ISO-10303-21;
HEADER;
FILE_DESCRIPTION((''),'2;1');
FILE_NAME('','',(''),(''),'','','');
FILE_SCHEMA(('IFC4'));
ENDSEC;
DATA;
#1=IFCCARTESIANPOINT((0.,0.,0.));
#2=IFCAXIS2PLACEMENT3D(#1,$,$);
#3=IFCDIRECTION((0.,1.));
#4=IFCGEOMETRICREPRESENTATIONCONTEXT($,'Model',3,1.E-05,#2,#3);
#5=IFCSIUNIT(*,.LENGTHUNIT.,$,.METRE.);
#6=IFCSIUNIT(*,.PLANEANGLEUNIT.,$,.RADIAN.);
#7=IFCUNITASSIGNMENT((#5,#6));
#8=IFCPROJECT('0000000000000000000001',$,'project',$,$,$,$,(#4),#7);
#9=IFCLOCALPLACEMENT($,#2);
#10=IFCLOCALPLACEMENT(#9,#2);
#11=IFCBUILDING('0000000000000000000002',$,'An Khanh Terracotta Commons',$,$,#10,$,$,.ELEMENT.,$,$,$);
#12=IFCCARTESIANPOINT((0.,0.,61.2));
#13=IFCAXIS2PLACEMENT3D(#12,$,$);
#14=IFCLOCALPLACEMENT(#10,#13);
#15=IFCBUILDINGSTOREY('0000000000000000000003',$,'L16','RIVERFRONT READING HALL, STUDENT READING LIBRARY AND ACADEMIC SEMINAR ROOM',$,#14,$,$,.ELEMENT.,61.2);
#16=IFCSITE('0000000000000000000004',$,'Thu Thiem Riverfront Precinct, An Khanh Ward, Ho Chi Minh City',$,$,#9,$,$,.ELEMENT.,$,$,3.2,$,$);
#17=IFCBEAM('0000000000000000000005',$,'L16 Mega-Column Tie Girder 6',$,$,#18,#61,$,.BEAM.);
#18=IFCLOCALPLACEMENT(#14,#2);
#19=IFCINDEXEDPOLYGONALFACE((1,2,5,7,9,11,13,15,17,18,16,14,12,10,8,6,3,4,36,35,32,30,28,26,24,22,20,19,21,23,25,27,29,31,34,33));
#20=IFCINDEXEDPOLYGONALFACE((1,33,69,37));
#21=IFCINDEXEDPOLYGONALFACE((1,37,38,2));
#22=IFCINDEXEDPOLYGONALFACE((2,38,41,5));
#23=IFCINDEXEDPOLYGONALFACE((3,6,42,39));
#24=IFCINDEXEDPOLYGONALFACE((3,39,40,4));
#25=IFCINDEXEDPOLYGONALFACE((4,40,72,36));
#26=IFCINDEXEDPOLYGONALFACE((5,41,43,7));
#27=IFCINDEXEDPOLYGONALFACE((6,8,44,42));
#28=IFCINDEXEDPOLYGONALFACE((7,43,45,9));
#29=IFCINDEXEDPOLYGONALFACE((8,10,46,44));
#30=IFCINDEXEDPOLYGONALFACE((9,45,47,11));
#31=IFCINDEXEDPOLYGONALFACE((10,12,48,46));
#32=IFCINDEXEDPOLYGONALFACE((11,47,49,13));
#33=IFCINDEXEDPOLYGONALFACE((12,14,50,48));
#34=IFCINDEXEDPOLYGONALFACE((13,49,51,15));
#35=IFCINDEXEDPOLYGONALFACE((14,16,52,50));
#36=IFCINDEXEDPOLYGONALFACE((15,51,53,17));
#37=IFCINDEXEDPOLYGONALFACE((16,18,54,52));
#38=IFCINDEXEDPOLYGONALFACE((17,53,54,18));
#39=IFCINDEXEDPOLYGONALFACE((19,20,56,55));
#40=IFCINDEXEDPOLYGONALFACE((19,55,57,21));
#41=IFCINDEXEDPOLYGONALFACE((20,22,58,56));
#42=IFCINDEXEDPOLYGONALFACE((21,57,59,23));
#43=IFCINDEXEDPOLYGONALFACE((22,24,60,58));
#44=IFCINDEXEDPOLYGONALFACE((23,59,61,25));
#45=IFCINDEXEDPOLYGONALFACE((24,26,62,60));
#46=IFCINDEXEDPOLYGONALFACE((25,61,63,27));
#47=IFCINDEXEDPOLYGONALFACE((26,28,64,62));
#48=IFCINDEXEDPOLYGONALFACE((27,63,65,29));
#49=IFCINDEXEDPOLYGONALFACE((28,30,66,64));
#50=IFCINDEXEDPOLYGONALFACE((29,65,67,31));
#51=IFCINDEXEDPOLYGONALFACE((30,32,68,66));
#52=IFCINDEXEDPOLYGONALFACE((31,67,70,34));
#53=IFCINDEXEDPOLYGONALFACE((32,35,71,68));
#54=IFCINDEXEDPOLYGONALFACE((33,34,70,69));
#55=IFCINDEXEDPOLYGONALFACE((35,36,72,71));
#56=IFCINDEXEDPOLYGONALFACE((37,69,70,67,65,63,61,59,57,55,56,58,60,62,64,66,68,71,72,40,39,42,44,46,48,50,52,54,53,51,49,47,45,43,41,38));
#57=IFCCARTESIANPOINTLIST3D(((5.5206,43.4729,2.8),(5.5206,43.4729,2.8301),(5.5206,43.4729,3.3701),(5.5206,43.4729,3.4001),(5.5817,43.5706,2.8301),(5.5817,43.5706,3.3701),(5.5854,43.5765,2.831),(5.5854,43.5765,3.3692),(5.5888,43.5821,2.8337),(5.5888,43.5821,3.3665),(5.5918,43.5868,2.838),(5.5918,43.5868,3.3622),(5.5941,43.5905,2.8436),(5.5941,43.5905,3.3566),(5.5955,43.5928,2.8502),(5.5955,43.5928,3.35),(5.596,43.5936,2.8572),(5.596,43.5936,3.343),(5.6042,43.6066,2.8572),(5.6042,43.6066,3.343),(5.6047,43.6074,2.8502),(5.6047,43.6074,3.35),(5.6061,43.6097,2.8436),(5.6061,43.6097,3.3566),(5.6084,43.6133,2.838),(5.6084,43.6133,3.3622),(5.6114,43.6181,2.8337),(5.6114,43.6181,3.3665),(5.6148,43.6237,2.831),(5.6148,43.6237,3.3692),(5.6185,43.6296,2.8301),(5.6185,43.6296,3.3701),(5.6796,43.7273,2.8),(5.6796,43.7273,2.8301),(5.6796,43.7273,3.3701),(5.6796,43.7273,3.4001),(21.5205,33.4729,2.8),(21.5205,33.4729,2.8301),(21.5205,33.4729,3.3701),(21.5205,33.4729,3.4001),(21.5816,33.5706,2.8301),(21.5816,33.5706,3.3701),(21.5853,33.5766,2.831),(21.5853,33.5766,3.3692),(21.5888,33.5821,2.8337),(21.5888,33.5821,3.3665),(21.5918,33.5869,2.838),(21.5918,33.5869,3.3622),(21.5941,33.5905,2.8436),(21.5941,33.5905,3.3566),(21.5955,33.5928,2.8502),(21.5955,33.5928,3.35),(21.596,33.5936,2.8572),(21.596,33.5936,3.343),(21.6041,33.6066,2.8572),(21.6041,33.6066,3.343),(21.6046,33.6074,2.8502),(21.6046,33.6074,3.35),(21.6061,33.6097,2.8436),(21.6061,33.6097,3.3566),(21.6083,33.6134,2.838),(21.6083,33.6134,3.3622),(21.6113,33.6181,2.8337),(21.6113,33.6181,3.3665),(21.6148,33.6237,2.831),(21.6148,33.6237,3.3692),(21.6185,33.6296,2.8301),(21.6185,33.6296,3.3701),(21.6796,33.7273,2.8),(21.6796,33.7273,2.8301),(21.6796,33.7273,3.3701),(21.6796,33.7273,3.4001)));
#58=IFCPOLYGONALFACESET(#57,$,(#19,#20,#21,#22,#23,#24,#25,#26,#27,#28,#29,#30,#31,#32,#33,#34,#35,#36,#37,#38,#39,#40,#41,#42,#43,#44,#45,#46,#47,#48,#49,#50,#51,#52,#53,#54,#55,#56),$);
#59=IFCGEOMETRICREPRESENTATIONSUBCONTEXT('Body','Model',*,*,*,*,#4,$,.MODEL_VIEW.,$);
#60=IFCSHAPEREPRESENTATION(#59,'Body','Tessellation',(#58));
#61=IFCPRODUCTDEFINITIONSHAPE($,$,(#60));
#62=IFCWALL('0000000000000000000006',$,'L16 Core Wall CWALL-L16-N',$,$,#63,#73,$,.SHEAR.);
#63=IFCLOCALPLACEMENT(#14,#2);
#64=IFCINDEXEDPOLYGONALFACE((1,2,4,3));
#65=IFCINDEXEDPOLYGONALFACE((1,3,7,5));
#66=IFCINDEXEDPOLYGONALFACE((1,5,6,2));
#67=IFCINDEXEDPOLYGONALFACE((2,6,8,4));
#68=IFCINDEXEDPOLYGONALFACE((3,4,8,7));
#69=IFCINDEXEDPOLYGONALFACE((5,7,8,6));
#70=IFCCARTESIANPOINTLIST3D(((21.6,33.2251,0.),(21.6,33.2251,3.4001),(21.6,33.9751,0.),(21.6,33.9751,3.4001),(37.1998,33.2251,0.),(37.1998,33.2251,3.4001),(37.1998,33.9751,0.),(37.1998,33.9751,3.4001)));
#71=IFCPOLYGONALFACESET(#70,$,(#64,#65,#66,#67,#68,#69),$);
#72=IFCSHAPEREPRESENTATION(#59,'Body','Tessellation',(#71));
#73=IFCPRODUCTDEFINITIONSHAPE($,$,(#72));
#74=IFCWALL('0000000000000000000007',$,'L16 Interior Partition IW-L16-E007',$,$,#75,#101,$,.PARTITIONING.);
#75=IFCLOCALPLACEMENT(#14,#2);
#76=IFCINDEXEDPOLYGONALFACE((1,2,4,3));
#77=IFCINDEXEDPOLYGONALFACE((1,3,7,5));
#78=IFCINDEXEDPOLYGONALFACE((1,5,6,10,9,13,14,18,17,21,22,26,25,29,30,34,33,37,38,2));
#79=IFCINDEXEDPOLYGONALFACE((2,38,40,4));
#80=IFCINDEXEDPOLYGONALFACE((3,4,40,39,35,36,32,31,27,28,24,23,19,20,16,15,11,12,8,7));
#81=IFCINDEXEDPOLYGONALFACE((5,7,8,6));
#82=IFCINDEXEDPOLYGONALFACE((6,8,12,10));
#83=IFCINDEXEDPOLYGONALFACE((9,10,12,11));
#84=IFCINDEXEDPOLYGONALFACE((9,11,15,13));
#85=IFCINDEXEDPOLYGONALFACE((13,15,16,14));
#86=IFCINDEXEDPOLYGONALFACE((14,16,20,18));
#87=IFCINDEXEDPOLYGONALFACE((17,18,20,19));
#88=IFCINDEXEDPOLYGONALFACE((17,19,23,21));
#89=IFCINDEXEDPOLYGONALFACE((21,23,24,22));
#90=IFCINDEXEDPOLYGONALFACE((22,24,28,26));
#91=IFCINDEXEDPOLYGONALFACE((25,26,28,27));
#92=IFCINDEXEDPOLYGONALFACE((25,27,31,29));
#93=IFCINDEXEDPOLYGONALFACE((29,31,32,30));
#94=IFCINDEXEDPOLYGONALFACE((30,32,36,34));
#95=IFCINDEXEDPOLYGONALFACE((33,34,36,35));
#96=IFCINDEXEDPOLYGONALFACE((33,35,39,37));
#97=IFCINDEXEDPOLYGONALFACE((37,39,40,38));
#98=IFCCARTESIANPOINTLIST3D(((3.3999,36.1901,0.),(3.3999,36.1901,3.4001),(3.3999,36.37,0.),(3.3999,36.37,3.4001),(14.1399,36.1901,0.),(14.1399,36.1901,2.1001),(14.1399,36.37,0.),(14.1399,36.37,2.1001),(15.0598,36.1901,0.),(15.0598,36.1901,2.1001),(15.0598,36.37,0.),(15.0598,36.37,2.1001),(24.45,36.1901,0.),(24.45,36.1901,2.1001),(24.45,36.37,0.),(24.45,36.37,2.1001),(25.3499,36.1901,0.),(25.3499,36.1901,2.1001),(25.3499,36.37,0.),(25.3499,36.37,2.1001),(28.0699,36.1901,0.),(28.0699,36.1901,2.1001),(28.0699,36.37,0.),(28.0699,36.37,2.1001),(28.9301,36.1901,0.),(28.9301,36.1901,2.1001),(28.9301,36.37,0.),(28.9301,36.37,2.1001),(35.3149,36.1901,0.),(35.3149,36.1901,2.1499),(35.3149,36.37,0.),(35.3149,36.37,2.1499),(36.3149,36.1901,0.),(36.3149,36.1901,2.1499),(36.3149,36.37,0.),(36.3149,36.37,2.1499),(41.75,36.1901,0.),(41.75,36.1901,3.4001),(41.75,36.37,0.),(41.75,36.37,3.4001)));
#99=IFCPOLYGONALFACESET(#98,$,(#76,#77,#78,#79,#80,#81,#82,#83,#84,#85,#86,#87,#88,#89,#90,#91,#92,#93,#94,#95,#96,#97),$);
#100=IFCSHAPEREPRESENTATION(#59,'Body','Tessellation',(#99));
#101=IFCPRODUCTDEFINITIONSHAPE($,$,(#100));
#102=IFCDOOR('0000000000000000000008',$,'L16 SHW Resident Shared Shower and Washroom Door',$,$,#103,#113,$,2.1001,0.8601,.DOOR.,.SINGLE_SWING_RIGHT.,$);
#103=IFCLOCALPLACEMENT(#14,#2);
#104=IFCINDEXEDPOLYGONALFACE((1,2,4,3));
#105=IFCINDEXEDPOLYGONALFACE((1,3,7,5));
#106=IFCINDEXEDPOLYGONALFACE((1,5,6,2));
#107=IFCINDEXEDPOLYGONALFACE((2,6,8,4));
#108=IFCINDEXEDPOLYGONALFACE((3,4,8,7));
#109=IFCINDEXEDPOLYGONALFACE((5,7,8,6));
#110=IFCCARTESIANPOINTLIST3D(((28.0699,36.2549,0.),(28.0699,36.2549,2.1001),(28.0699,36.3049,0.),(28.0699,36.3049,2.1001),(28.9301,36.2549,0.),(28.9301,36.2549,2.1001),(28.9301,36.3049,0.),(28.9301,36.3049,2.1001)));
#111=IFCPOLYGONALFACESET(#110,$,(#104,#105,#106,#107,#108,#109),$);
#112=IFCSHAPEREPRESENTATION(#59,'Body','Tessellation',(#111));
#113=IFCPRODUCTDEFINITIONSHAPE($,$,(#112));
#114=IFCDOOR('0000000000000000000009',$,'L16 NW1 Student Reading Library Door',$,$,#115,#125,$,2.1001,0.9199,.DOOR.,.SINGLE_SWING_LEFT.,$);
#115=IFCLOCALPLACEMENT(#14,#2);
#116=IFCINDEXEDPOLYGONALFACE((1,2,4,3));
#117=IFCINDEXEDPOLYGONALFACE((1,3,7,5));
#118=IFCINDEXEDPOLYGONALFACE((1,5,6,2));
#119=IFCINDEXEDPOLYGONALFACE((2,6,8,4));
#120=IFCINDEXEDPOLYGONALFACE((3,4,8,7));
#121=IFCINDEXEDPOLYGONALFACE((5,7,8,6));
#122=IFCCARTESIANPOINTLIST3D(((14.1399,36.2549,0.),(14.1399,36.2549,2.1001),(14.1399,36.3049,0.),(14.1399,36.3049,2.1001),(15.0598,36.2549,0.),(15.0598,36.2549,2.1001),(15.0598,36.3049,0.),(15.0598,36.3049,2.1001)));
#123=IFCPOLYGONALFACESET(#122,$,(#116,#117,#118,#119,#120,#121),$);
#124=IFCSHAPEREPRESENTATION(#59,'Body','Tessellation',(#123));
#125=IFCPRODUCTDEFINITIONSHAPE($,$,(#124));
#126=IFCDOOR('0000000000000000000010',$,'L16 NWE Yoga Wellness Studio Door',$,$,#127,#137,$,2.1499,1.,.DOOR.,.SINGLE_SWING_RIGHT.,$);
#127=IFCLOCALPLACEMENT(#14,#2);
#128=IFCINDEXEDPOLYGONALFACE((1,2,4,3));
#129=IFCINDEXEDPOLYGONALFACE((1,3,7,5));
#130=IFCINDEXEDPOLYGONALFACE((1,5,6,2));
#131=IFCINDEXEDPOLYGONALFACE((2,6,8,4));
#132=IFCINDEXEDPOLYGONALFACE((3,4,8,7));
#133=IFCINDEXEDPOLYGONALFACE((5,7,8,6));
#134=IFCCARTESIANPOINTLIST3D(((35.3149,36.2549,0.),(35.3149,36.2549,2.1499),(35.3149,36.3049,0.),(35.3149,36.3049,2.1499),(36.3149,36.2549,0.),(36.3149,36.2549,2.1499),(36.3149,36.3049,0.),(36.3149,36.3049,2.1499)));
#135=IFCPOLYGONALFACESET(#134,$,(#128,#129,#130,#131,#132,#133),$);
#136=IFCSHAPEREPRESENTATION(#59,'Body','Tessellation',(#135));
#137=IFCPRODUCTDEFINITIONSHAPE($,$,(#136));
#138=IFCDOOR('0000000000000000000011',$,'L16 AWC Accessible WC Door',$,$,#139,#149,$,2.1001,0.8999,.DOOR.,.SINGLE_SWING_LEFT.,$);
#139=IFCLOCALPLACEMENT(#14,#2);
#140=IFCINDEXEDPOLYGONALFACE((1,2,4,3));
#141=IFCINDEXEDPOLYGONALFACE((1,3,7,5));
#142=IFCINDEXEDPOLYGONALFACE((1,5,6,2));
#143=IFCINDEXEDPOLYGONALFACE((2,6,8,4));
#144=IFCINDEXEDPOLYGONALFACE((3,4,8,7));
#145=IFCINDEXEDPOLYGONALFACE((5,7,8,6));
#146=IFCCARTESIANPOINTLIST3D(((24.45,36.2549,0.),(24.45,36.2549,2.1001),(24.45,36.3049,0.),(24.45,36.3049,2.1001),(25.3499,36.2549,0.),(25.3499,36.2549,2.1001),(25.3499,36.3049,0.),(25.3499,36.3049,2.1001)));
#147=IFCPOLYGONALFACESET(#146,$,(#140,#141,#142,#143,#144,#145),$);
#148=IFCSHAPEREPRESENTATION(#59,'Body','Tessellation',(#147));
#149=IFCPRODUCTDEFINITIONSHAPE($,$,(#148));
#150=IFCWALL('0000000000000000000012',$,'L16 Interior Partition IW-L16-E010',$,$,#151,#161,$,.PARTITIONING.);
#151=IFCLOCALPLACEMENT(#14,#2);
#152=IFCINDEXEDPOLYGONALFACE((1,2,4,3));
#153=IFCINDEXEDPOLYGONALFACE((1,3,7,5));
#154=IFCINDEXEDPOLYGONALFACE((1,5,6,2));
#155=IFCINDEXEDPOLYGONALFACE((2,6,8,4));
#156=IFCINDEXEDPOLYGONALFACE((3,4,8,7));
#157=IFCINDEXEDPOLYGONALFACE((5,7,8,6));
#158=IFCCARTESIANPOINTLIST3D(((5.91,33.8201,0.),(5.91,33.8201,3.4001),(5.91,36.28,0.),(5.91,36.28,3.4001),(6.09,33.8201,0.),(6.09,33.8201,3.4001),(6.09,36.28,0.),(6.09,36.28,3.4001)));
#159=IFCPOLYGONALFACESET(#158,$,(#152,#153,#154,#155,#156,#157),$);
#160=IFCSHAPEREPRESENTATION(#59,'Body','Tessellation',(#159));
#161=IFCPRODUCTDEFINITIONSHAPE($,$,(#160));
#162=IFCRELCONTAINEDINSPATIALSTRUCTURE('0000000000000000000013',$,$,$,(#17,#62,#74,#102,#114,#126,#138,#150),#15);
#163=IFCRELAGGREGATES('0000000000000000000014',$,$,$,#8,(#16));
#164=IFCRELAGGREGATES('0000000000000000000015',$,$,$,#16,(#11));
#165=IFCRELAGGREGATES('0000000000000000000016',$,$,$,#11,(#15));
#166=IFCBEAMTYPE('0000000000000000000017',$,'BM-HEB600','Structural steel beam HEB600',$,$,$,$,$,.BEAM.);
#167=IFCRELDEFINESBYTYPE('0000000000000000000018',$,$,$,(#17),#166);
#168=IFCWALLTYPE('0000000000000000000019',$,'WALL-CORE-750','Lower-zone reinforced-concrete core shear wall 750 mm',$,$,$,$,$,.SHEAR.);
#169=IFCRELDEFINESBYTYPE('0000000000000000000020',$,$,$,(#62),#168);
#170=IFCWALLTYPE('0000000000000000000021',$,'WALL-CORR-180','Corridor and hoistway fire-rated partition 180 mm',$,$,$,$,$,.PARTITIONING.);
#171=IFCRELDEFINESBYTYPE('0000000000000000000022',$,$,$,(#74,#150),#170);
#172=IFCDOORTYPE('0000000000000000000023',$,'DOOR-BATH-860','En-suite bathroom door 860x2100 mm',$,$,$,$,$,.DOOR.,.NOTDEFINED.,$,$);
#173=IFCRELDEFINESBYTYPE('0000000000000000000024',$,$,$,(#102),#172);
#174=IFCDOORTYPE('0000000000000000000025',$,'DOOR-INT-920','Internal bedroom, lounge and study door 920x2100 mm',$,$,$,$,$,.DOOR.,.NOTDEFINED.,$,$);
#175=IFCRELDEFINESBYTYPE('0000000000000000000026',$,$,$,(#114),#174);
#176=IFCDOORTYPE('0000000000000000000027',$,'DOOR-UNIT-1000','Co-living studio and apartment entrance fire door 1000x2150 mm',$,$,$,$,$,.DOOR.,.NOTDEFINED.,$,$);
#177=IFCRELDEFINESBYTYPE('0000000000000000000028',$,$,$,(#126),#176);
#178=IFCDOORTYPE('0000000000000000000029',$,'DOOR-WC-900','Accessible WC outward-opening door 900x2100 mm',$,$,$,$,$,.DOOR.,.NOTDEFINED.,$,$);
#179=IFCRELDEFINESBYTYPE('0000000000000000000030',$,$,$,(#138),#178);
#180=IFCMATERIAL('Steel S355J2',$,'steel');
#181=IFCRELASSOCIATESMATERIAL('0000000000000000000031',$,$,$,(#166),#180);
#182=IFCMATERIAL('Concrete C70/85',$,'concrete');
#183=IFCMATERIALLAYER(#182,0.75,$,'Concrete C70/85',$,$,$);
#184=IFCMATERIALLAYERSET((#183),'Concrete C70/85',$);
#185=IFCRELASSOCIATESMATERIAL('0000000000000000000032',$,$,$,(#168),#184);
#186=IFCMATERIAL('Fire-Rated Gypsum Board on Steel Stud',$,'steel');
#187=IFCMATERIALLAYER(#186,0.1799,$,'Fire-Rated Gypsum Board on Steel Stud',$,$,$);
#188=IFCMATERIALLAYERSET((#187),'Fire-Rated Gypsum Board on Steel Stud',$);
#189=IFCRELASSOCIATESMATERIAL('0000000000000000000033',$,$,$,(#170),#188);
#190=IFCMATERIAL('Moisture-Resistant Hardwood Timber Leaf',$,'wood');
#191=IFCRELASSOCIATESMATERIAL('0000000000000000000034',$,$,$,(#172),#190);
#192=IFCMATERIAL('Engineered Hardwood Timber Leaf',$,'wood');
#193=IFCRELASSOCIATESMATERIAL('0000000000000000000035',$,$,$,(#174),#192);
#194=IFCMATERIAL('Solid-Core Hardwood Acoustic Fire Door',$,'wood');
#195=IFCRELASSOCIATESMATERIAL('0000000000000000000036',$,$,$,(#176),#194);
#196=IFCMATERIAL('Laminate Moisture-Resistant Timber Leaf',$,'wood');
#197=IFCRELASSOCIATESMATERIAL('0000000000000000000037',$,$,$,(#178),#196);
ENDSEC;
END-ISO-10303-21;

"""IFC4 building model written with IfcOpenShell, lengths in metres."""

from ifc_helpers import new_model, si_unit, direction, frame, frame_2d, origin, origin_2d, place, context, subcontext, project, spatial, rectangle, i_section, extrude, material, layer, layer_set, material_profile, profile_set, type_object, element, fill, save


model = new_model("IFC4")

# Units and contexts
model_context = context("Model", 3, precision=1e-05, world=origin(), true_north=direction((0.0, 1.0)))
body_context = subcontext(model_context, "Body", "Model", "MODEL_VIEW")
ifc_project = project(units=[si_unit("LENGTHUNIT", "METRE"), si_unit("PLANEANGLEUNIT", "RADIAN")], contexts=[model_context])

# Site, building, storey
site_placement = place(None, origin())
site = spatial("IfcSite", under=ifc_project, at=site_placement, Name="Thu Thiem Riverfront Precinct, An Khanh Ward, Ho Chi Minh City", CompositionType="ELEMENT", RefElevation=3.2)
building_placement = place(site_placement, origin())
building = spatial("IfcBuilding", under=site, at=building_placement, Name="An Khanh Terracotta Commons", CompositionType="ELEMENT")
storey_placement = place(building_placement, frame((0.0, 0.0, 61.2)))
storey = spatial("IfcBuildingStorey", under=building, at=storey_placement, Name="L16", Description="RIVERFRONT READING HALL, STUDENT READING LIBRARY AND ACADEMIC SEMINAR ROOM", CompositionType="ELEMENT", Elevation=61.2)

# Shared definitions
ifc_material_1 = material(Name="Concrete C70/85", Category="concrete")

# Beam
ifc_material_2 = material(Name="Steel S355J2", Category="steel")
ifc_material_profile_1 = material_profile(ifc_material_2, i_section(OverallWidth=0.3, OverallDepth=0.6001, WebThickness=0.0154, FlangeThickness=0.03, FilletRadius=0.0271, at=origin_2d()), Name="HEB600")
ifc_profile_set_1 = profile_set([ifc_material_profile_1], Name="Steel S355J2")
beam_type_1 = type_object("IfcBeamType", Name="BM-HEB600", Description="Structural steel beam HEB600", PredefinedType="BEAM", material=ifc_profile_set_1)
beam_1_placement = place(storey_placement, frame((5.6001, 43.6001, 3.1001), z_axis=(0.847998, -0.529999, 0.0), x_axis=(0.529999, 0.847998, 0.0)))
element("IfcBeam", 1, at=beam_1_placement, inside=storey, type_object=beam_type_1, Name="L16 Mega-Column Tie Girder 6", PredefinedType="BEAM", context=body_context, shape_type="SweptSolid", body=[
    extrude(i_section(OverallWidth=0.3, OverallDepth=0.6001, WebThickness=0.0154, FlangeThickness=0.03, FilletRadius=0.0271, at=origin_2d()), origin(), (0.0, 0.0, 1.0), 18.8679),
])

# Wall
ifc_layer_1 = layer(ifc_material_1, 0.75, Name="Concrete C70/85")
ifc_layer_set_1 = layer_set([ifc_layer_1], Name="Concrete C70/85")
wall_type_1 = type_object("IfcWallType", Name="WALL-CORE-750", Description="Lower-zone reinforced-concrete core shear wall 750 mm", PredefinedType="SHEAR", material=ifc_layer_set_1)
wall_1_placement = place(storey_placement, frame((21.6001, 33.6001, 0.0), z_axis=(0.0, 0.0, 1.0), x_axis=(1.0, 0.0, 0.0)))
element("IfcWall", 2, at=wall_1_placement, inside=storey, type_object=wall_type_1, Name="L16 Core Wall CWALL-L16-N", PredefinedType="SHEAR", context=body_context, shape_type="SweptSolid", body=[
    extrude(rectangle(XDim=15.5999, YDim=0.75, at=frame_2d((7.7998, 0.0))), origin(), (0.0, 0.0, 1.0), 3.4001),
])

# Wall, openings, doors
ifc_material_3 = material(Name="Fire-Rated Gypsum Board on Steel Stud", Category="steel")
ifc_layer_2 = layer(ifc_material_3, 0.1799, Name="Fire-Rated Gypsum Board on Steel Stud")
ifc_layer_set_2 = layer_set([ifc_layer_2], Name="Fire-Rated Gypsum Board on Steel Stud")
wall_type_2 = type_object("IfcWallType", Name="WALL-CORR-180", Description="Corridor and hoistway fire-rated partition 180 mm", PredefinedType="PARTITIONING", material=ifc_layer_set_2)
wall_2_placement = place(storey_placement, frame((3.3999, 36.28, 0.0), z_axis=(0.0, 0.0, 1.0), x_axis=(1.0, 0.0, 0.0)))
wall_2 = element("IfcWall", 3, at=wall_2_placement, inside=storey, type_object=wall_type_2, Name="L16 Interior Partition IW-L16-E007", PredefinedType="PARTITIONING", context=body_context, shape_type="SweptSolid", body=[
    extrude(rectangle(XDim=38.3501, YDim=0.1799, at=frame_2d((19.175, 0.0))), origin(), (0.0, 0.0, 1.0), 3.4001),
])
opening_1_placement = place(wall_2_placement, frame((21.05, 0.0, 0.0)))
opening_1 = element("IfcOpeningElement", 4, at=opening_1_placement, cuts=wall_2, PredefinedType="OPENING", context=body_context, shape_type="SweptSolid", body=[
    extrude(rectangle(XDim=0.8999, YDim=2.1001, at=frame_2d((0.45, 1.05))), frame((0.0, 0.0999, 0.0), z_axis=(0.0, -1.0, 0.0), x_axis=(1.0, 0.0, 0.0)), (0.0, 0.0, 1.0), 0.2),
])
opening_2_placement = place(wall_2_placement, frame((24.6699, 0.0, 0.0)))
opening_2 = element("IfcOpeningElement", 5, at=opening_2_placement, cuts=wall_2, PredefinedType="OPENING", context=body_context, shape_type="SweptSolid", body=[
    extrude(rectangle(XDim=0.8601, YDim=2.1001, at=frame_2d((0.4302, 1.05))), frame((0.0, 0.0999, 0.0), z_axis=(0.0, -1.0, 0.0), x_axis=(1.0, 0.0, 0.0)), (0.0, 0.0, 1.0), 0.2),
])
opening_3_placement = place(wall_2_placement, frame((10.74, 0.0, 0.0)))
opening_3 = element("IfcOpeningElement", 6, at=opening_3_placement, cuts=wall_2, PredefinedType="OPENING", context=body_context, shape_type="SweptSolid", body=[
    extrude(rectangle(XDim=0.9199, YDim=2.1001, at=frame_2d((0.46, 1.05))), frame((0.0, 0.0999, 0.0), z_axis=(0.0, -1.0, 0.0), x_axis=(1.0, 0.0, 0.0)), (0.0, 0.0, 1.0), 0.2),
])
opening_4_placement = place(wall_2_placement, frame((31.915, 0.0, 0.0)))
opening_4 = element("IfcOpeningElement", 7, at=opening_4_placement, cuts=wall_2, PredefinedType="OPENING", context=body_context, shape_type="SweptSolid", body=[
    extrude(rectangle(XDim=1.0, YDim=2.1499, at=frame_2d((0.5, 1.075))), frame((0.0, 0.0999, 0.0), z_axis=(0.0, -1.0, 0.0), x_axis=(1.0, 0.0, 0.0)), (0.0, 0.0, 1.0), 0.2),
])
ifc_material_4 = material(Name="Moisture-Resistant Hardwood Timber Leaf", Category="wood")
door_type_1 = type_object("IfcDoorType", Name="DOOR-BATH-860", Description="En-suite bathroom door 860x2100 mm", OperationType="NOTDEFINED", PredefinedType="DOOR", material=ifc_material_4)
door_1_placement = place(opening_2_placement, origin())
door_1 = element("IfcDoor", 8, at=door_1_placement, inside=storey, type_object=door_type_1, Name="L16 SHW Resident Shared Shower and Washroom Door", OperationType="SINGLE_SWING_RIGHT", OverallHeight=2.1001, OverallWidth=0.8601, PredefinedType="DOOR", context=body_context, shape_type="SweptSolid", body=[
    extrude(rectangle(XDim=0.8601, YDim=2.1001, at=frame_2d((0.4302, 1.05))), frame((0.0, 0.0249, 0.0), z_axis=(0.0, -1.0, 0.0), x_axis=(1.0, 0.0, 0.0)), (0.0, 0.0, 1.0), 0.05),
])
fill(opening_2, door_1)
ifc_material_5 = material(Name="Engineered Hardwood Timber Leaf", Category="wood")
door_type_2 = type_object("IfcDoorType", Name="DOOR-INT-920", Description="Internal bedroom, lounge and study door 920x2100 mm", OperationType="NOTDEFINED", PredefinedType="DOOR", material=ifc_material_5)
door_2_placement = place(opening_3_placement, origin())
door_2 = element("IfcDoor", 9, at=door_2_placement, inside=storey, type_object=door_type_2, Name="L16 NW1 Student Reading Library Door", OperationType="SINGLE_SWING_LEFT", OverallHeight=2.1001, OverallWidth=0.9199, PredefinedType="DOOR", context=body_context, shape_type="SweptSolid", body=[
    extrude(rectangle(XDim=0.9199, YDim=2.1001, at=frame_2d((0.46, 1.05))), frame((0.0, 0.0249, 0.0), z_axis=(0.0, -1.0, 0.0), x_axis=(1.0, 0.0, 0.0)), (0.0, 0.0, 1.0), 0.05),
])
fill(opening_3, door_2)
ifc_material_6 = material(Name="Solid-Core Hardwood Acoustic Fire Door", Category="wood")
door_type_3 = type_object("IfcDoorType", Name="DOOR-UNIT-1000", Description="Co-living studio and apartment entrance fire door 1000x2150 mm", OperationType="NOTDEFINED", PredefinedType="DOOR", material=ifc_material_6)
door_3_placement = place(opening_4_placement, origin())
door_3 = element("IfcDoor", 10, at=door_3_placement, inside=storey, type_object=door_type_3, Name="L16 NWE Yoga Wellness Studio Door", OperationType="SINGLE_SWING_RIGHT", OverallHeight=2.1499, OverallWidth=1.0, PredefinedType="DOOR", context=body_context, shape_type="SweptSolid", body=[
    extrude(rectangle(XDim=1.0, YDim=2.1499, at=frame_2d((0.5, 1.075))), frame((0.0, 0.0249, 0.0), z_axis=(0.0, -1.0, 0.0), x_axis=(1.0, 0.0, 0.0)), (0.0, 0.0, 1.0), 0.05),
])
fill(opening_4, door_3)
ifc_material_7 = material(Name="Laminate Moisture-Resistant Timber Leaf", Category="wood")
door_type_4 = type_object("IfcDoorType", Name="DOOR-WC-900", Description="Accessible WC outward-opening door 900x2100 mm", OperationType="NOTDEFINED", PredefinedType="DOOR", material=ifc_material_7)
door_4_placement = place(opening_1_placement, origin())
door_4 = element("IfcDoor", 11, at=door_4_placement, inside=storey, type_object=door_type_4, Name="L16 AWC Accessible WC Door", OperationType="SINGLE_SWING_LEFT", OverallHeight=2.1001, OverallWidth=0.8999, PredefinedType="DOOR", context=body_context, shape_type="SweptSolid", body=[
    extrude(rectangle(XDim=0.8999, YDim=2.1001, at=frame_2d((0.45, 1.05))), frame((0.0, 0.0249, 0.0), z_axis=(0.0, -1.0, 0.0), x_axis=(1.0, 0.0, 0.0)), (0.0, 0.0, 1.0), 0.05),
])
fill(opening_1, door_4)

# Wall
wall_3_placement = place(storey_placement, frame((6.0, 33.8201, 0.0), z_axis=(0.0, 0.0, 1.0), x_axis=(0.0, 1.0, 0.0)))
element("IfcWall", 12, at=wall_3_placement, inside=storey, type_object=wall_type_2, Name="L16 Interior Partition IW-L16-E010", PredefinedType="PARTITIONING", context=body_context, shape_type="SweptSolid", body=[
    extrude(rectangle(XDim=2.46, YDim=0.1799, at=frame_2d((1.23, 0.0))), origin(), (0.0, 0.0, 1.0), 3.4001),
])

save(model, "model.ifc")
